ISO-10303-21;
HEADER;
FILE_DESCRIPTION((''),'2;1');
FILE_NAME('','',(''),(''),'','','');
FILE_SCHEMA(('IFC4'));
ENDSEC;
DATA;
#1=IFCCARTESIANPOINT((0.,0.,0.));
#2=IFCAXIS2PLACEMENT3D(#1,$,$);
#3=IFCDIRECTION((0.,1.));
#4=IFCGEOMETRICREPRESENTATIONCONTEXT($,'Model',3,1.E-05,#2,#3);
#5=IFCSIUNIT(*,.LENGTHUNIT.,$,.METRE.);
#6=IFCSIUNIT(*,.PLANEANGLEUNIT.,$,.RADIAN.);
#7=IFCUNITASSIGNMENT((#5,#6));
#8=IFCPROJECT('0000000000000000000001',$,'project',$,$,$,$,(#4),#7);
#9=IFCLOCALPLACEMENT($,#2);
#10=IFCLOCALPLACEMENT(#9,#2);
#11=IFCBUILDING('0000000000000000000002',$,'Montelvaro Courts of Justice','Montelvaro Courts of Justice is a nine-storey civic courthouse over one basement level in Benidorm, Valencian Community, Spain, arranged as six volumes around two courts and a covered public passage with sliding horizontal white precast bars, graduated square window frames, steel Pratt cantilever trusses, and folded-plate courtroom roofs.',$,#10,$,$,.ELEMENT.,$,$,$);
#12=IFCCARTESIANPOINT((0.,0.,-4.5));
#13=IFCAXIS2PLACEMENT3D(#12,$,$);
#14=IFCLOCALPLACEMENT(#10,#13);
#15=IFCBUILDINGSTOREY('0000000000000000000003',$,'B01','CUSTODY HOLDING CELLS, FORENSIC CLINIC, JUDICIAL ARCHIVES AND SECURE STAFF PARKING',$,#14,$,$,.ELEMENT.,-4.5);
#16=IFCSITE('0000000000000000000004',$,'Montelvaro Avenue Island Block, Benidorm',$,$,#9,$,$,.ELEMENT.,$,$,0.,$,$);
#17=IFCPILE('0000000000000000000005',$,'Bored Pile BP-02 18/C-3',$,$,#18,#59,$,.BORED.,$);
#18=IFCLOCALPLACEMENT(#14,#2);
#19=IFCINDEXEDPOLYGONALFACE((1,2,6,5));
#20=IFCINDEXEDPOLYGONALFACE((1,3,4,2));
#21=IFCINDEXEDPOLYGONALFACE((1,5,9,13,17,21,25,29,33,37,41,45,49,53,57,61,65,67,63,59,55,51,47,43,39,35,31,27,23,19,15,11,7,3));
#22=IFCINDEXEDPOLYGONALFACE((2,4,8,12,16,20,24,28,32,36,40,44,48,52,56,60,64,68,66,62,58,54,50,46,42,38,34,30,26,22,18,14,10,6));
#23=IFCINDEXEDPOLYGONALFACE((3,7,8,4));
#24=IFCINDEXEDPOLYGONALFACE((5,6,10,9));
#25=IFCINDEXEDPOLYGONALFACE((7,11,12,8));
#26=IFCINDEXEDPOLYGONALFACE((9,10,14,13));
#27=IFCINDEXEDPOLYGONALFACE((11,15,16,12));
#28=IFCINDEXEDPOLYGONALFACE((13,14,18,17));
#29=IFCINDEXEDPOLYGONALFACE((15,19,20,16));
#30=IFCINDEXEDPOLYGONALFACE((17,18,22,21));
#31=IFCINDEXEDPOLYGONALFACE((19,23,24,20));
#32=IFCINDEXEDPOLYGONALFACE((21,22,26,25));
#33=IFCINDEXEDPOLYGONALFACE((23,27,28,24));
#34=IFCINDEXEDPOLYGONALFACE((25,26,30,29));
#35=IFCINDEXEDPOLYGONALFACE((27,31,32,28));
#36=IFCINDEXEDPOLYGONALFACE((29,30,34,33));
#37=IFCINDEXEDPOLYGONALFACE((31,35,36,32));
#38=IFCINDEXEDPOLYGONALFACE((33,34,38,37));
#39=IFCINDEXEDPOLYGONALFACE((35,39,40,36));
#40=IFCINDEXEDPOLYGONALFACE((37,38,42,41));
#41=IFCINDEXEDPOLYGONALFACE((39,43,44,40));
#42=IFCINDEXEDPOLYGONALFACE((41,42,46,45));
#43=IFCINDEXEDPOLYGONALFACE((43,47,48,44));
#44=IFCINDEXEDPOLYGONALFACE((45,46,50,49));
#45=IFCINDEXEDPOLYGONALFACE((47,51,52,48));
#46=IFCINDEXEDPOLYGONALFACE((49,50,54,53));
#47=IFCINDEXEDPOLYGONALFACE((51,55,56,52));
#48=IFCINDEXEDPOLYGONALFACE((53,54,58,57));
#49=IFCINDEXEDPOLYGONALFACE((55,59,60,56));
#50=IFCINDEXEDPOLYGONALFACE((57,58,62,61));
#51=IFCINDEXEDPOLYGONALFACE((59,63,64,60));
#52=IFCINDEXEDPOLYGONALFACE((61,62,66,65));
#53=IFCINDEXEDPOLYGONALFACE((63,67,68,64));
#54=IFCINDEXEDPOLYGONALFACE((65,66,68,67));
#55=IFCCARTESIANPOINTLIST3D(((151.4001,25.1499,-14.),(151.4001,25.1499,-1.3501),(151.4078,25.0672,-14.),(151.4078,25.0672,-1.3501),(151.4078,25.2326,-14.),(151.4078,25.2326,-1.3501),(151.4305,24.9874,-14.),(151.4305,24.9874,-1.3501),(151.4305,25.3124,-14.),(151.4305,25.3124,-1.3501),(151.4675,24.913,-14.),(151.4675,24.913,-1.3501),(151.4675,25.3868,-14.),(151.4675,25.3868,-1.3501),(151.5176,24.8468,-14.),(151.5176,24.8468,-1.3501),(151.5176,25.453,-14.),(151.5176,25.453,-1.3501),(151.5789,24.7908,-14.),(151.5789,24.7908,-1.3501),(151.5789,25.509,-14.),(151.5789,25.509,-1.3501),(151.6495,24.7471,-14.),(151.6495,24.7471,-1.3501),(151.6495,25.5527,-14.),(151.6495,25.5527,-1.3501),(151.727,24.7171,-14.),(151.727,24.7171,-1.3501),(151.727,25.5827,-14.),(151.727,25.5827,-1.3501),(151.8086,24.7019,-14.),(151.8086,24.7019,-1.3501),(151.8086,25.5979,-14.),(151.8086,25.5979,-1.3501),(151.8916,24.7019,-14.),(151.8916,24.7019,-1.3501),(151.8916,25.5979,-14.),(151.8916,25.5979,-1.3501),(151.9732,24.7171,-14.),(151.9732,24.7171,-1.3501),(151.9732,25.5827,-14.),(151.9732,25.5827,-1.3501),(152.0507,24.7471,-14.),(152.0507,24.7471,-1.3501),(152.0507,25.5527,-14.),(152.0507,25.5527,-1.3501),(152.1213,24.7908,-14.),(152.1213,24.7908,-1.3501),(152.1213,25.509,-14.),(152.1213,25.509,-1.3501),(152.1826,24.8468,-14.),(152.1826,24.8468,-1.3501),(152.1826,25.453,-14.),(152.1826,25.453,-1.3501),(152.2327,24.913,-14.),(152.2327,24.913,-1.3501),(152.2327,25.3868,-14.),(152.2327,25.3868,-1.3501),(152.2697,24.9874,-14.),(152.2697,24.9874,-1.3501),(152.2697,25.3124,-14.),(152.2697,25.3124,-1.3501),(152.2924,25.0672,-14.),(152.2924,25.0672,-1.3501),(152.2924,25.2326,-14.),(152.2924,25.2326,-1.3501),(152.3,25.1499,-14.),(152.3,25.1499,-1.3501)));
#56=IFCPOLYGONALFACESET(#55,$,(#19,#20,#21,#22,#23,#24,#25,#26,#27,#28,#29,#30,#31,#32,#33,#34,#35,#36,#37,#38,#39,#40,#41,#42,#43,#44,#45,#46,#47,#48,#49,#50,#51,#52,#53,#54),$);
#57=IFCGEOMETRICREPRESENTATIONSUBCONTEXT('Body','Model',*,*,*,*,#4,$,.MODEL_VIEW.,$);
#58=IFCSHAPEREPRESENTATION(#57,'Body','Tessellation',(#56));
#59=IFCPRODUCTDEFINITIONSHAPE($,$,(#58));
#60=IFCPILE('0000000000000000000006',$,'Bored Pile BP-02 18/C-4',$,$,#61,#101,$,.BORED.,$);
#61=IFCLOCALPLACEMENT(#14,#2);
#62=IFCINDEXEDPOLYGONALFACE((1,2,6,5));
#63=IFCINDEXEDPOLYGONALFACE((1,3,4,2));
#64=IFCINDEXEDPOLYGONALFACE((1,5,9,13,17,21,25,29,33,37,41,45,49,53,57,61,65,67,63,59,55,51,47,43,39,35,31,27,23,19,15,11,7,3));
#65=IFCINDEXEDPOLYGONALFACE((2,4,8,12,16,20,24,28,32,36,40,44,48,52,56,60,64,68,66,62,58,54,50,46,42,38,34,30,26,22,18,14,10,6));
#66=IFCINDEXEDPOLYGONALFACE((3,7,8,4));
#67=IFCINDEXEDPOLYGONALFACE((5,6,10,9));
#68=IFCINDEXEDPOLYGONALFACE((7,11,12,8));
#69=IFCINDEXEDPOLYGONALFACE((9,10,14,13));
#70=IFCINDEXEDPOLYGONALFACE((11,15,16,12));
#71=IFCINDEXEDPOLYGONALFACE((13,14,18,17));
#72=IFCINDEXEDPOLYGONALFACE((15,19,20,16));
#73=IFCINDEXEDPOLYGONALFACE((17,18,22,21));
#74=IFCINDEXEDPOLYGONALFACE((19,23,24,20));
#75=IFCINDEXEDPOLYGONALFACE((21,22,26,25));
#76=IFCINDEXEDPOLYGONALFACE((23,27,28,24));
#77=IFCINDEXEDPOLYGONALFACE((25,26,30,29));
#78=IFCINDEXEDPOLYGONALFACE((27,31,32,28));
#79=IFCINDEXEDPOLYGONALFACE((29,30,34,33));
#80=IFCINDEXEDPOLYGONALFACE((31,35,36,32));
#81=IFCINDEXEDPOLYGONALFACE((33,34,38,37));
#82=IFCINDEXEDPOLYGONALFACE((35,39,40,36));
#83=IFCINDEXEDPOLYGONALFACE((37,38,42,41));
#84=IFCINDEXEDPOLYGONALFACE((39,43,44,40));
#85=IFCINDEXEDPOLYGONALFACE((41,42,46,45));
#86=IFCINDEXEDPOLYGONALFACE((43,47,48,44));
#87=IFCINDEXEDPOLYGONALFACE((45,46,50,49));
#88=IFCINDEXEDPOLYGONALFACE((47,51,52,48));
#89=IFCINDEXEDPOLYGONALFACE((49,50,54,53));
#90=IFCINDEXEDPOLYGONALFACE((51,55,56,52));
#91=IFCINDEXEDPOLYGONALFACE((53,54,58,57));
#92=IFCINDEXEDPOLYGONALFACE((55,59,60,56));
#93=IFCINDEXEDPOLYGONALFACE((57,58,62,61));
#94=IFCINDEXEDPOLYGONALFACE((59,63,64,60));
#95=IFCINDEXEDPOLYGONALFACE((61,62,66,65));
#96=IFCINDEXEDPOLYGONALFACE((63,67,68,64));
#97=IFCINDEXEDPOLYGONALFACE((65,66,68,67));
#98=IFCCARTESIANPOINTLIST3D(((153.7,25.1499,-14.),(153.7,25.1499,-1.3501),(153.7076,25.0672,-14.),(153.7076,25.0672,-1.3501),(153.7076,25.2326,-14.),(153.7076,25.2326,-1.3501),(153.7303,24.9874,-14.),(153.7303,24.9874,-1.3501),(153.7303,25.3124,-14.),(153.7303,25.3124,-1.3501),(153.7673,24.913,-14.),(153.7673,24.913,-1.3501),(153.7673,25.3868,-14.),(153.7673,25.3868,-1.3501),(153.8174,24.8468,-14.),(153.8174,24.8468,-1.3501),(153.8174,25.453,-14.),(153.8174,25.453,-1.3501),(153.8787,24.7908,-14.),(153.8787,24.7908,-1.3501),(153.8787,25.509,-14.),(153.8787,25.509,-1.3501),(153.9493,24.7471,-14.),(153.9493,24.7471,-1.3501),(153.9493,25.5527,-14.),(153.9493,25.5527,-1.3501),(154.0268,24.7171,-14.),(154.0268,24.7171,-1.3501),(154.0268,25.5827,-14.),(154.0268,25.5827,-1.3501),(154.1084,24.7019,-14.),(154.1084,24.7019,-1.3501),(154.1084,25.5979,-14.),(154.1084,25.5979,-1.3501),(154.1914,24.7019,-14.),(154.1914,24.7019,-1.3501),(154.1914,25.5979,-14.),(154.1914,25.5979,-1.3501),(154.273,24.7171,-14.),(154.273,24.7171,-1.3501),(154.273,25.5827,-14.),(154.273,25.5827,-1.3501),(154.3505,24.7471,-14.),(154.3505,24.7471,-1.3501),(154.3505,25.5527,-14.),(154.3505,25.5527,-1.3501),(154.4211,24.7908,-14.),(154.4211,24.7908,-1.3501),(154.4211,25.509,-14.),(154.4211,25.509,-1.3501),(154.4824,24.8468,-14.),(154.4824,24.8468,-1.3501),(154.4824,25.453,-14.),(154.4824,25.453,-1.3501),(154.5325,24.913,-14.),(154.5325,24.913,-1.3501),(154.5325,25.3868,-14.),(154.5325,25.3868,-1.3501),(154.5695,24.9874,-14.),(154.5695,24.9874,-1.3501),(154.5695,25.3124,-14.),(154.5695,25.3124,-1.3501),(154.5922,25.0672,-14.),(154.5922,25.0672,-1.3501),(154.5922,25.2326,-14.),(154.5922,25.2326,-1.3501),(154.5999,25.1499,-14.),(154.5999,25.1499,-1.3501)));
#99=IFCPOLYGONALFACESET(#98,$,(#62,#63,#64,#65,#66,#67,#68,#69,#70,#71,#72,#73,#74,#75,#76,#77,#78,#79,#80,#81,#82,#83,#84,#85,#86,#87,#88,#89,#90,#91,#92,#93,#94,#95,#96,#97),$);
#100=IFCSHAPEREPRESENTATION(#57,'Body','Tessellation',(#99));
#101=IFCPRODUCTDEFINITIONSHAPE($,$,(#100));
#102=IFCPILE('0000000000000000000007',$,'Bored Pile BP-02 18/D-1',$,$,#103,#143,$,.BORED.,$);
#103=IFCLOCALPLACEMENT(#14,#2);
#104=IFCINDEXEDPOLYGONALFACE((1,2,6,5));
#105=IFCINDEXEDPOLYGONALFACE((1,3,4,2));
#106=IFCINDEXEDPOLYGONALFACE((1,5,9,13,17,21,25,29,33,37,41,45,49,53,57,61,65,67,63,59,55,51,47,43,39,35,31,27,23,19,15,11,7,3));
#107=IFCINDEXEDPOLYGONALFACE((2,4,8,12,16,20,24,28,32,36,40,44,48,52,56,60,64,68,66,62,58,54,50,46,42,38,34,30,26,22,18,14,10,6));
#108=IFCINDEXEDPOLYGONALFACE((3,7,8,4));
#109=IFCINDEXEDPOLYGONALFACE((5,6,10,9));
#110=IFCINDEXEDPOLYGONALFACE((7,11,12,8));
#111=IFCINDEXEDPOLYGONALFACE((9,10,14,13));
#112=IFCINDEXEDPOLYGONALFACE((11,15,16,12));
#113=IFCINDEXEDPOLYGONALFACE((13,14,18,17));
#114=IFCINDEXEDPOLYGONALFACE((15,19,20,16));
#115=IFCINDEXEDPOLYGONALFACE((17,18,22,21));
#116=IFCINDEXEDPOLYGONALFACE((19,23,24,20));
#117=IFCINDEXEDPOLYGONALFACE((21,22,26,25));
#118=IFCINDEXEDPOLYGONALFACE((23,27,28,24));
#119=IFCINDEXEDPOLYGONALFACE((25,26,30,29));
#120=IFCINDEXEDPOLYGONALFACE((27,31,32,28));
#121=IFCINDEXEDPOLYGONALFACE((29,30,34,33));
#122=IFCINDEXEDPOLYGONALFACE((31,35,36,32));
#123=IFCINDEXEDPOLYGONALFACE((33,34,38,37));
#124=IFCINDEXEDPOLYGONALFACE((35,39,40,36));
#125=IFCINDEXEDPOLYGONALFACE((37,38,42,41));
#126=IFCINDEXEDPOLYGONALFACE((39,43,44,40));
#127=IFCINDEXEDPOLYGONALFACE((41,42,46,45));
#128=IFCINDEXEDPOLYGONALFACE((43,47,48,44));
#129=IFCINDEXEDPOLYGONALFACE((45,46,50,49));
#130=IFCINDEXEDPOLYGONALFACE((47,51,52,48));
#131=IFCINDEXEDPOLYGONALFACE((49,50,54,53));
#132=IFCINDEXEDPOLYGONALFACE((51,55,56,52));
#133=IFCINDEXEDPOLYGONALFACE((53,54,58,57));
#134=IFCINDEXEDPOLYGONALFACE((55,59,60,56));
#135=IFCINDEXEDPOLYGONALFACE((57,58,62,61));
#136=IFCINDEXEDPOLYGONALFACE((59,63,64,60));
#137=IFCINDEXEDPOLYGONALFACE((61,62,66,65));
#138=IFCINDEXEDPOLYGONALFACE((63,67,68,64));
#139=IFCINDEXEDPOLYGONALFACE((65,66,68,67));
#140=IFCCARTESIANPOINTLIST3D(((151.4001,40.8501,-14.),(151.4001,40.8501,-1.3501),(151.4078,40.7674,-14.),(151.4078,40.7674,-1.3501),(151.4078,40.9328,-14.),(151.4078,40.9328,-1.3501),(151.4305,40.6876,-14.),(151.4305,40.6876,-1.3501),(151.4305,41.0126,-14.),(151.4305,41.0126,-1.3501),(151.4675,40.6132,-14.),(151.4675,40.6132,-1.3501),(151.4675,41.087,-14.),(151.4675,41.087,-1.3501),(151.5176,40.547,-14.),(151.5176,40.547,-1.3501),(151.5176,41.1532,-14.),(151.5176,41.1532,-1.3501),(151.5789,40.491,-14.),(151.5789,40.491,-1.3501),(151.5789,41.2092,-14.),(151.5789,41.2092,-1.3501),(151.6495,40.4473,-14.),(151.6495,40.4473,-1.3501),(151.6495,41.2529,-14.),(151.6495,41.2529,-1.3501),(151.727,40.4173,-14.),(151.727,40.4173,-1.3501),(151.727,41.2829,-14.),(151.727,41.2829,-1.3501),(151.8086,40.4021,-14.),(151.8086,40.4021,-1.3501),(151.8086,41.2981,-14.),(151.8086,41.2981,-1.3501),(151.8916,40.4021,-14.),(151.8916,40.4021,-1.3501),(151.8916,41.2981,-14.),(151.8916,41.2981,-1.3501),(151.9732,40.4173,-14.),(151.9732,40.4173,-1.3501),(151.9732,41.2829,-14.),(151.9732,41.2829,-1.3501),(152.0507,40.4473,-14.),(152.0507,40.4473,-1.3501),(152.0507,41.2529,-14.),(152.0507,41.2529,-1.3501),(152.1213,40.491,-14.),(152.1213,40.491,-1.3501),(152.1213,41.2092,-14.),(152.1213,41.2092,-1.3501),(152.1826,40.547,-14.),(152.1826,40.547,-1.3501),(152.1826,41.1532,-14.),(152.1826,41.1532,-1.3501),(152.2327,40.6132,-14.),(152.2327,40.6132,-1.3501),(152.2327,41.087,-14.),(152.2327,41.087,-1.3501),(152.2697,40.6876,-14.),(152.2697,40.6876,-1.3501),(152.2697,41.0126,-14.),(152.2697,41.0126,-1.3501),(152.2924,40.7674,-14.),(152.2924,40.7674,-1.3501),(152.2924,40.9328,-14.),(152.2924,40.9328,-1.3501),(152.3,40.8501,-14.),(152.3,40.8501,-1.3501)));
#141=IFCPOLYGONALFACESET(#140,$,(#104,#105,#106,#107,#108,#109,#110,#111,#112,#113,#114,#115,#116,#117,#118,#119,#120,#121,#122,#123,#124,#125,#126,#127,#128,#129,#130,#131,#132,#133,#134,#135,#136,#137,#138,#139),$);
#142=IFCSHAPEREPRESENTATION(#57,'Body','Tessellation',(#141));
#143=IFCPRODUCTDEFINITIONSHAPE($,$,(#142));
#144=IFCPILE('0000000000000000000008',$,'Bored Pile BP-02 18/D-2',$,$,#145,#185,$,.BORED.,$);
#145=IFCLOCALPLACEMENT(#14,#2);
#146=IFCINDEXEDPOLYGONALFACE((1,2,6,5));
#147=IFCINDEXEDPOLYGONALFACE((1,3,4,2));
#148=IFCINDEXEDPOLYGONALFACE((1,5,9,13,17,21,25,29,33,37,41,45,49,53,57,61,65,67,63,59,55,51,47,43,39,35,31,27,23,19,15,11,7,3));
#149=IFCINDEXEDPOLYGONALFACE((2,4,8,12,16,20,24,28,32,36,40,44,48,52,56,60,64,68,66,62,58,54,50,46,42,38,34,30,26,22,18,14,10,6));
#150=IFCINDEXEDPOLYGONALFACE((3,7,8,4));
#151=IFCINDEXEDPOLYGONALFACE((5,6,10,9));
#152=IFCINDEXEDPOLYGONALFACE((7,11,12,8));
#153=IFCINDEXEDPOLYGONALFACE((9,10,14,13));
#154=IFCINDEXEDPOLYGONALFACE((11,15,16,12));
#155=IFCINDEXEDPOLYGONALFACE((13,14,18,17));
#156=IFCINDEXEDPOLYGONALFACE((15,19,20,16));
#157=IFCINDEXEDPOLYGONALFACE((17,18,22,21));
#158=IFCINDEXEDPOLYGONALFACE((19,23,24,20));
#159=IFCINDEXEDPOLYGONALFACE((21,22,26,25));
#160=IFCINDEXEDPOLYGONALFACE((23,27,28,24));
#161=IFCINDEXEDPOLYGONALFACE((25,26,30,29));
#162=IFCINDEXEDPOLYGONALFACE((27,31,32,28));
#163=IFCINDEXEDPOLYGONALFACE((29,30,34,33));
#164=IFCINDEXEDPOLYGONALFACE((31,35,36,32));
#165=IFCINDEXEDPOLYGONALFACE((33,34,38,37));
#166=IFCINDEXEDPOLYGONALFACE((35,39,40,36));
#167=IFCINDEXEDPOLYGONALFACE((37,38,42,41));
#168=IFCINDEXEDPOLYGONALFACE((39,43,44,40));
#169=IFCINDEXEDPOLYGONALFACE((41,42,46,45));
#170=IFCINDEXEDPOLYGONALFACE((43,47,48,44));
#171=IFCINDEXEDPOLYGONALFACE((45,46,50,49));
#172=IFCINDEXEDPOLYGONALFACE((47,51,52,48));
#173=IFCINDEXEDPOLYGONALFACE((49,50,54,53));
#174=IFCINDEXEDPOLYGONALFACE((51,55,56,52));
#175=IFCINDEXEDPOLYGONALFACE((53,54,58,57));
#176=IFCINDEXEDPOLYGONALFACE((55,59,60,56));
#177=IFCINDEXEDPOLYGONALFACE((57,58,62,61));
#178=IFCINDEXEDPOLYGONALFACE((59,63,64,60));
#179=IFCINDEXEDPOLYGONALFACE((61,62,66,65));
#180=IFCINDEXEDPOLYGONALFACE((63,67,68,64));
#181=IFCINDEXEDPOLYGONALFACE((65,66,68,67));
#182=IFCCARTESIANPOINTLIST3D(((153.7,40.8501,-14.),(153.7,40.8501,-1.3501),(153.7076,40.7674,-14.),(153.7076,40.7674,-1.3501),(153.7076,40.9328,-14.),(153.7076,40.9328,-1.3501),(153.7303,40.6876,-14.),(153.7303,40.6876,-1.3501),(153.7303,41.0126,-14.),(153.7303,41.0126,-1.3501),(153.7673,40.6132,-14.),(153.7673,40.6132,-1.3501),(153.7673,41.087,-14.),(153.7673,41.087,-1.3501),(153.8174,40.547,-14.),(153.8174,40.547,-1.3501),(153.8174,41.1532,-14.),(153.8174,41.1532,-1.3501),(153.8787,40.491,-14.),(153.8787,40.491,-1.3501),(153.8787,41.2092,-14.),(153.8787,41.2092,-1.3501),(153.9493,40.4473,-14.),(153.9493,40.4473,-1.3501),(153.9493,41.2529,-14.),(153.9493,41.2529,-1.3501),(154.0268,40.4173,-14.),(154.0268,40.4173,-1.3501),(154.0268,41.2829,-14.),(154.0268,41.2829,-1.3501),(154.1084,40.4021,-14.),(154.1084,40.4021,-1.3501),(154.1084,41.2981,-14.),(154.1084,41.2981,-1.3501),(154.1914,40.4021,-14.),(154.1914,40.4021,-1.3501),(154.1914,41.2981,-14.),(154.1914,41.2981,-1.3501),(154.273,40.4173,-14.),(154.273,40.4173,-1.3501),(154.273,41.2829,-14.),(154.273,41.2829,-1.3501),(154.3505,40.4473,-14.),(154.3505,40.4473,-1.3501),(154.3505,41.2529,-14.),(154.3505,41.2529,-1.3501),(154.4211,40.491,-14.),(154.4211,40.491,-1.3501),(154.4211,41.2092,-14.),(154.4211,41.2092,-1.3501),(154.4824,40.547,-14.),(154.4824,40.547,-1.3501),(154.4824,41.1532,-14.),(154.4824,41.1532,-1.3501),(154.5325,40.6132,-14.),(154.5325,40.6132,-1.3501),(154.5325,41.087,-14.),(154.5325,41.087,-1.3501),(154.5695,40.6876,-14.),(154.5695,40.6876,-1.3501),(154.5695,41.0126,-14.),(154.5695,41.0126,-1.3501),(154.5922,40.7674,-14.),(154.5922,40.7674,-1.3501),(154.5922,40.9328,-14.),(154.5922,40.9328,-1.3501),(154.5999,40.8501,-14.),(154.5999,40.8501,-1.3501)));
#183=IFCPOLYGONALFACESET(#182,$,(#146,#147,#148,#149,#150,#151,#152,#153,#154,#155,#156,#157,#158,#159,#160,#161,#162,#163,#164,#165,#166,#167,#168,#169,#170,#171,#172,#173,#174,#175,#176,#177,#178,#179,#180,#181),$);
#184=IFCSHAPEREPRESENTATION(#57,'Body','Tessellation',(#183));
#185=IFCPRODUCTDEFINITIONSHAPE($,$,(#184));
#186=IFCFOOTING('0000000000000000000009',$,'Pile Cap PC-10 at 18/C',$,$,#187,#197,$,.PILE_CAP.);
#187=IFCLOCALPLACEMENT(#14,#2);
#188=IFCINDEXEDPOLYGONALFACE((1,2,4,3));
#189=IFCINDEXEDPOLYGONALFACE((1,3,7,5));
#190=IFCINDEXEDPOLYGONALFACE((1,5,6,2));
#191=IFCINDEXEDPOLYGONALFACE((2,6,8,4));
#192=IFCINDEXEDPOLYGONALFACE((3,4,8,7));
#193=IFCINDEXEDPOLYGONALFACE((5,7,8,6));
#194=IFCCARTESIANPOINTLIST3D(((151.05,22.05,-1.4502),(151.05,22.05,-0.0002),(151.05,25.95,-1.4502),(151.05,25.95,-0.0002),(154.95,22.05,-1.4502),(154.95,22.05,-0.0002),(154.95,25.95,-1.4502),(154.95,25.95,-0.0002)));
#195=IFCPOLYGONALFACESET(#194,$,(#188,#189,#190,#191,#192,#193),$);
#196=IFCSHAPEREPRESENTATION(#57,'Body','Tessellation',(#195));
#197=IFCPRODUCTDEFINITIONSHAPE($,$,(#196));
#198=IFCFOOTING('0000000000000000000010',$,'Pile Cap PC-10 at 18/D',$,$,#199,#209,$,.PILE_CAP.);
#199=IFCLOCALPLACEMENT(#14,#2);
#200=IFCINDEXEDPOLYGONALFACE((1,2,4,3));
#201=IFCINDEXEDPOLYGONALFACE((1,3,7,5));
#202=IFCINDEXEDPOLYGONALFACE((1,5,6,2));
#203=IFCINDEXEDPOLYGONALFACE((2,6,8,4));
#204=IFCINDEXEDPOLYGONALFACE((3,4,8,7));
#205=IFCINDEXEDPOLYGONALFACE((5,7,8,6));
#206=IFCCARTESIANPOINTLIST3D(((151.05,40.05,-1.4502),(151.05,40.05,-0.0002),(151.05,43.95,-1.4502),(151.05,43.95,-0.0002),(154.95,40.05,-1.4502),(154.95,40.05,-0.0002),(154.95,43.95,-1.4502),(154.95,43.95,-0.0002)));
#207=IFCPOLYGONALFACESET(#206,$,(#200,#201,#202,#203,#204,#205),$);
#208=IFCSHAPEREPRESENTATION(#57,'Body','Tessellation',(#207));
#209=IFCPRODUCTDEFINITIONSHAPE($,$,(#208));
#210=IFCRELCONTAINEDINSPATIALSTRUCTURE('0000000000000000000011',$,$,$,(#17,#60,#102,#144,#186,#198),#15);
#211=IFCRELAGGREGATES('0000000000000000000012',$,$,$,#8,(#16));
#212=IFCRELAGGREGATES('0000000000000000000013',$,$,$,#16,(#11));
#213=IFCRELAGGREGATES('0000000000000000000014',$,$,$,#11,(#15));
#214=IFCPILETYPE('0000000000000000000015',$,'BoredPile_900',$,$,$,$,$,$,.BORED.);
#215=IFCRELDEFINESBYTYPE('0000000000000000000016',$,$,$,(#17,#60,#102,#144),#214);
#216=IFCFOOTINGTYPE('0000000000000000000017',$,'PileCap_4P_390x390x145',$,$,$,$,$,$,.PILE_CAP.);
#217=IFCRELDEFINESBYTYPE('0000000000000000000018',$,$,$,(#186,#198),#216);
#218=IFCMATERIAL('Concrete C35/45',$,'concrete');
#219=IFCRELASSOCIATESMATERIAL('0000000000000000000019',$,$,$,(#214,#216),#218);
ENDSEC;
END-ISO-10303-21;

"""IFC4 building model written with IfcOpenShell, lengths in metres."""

from ifc_helpers import new_model, si_unit, direction, frame, origin, origin_2d, place, context, subcontext, project, spatial, rectangle, circle, extrude, material, material_profile, profile_set, type_object, element, save


model = new_model("IFC4")

# Units and contexts
model_context = context("Model", 3, precision=1e-05, world=origin(), true_north=direction((0.0, 1.0)))
body_context = subcontext(model_context, "Body", "Model", "MODEL_VIEW")
ifc_project = project(units=[si_unit("LENGTHUNIT", "METRE"), si_unit("PLANEANGLEUNIT", "RADIAN")], contexts=[model_context])

# Site, building, storey
site_placement = place(None, origin())
site = spatial("IfcSite", under=ifc_project, at=site_placement, Name="Montelvaro Avenue Island Block, Benidorm", CompositionType="ELEMENT", RefElevation=0.0)
building_placement = place(site_placement, origin())
building = spatial("IfcBuilding", under=site, at=building_placement, Name="Montelvaro Courts of Justice", Description="Montelvaro Courts of Justice is a nine-storey civic courthouse over one basement level in Benidorm, Valencian Community, Spain, arranged as six volumes around two courts and a covered public passage with sliding horizontal white precast bars, graduated square window frames, steel Pratt cantilever trusses, and folded-plate courtroom roofs.", CompositionType="ELEMENT")
storey_placement = place(building_placement, frame((0.0, 0.0, -4.5)))
storey = spatial("IfcBuildingStorey", under=building, at=storey_placement, Name="B01", Description="CUSTODY HOLDING CELLS, FORENSIC CLINIC, JUDICIAL ARCHIVES AND SECURE STAFF PARKING", CompositionType="ELEMENT", Elevation=-4.5)

# Piles
ifc_material_1 = material(Name="Concrete C35/45", Category="concrete")
ifc_material_profile_1 = material_profile(ifc_material_1, circle(Radius=0.45, at=origin_2d()), Name="BORED PILE D900")
ifc_profile_set_1 = profile_set([ifc_material_profile_1], Name="Concrete C35/45")
pile_type_1 = type_object("IfcPileType", Name="BoredPile_900", PredefinedType="BORED", material=ifc_profile_set_1)
for number, where, z_axis, x_axis, name in (
    (1, (151.8501, 25.1499, -1.3501), (0.0, 0.0, -1.0), (1.0, 0.0, 0.0), "Bored Pile BP-02 18/C-3"),
    (2, (154.1499, 25.1499, -1.3501), (0.0, 0.0, -1.0), (1.0, 0.0, 0.0), "Bored Pile BP-02 18/C-4"),
    (3, (151.8501, 40.8501, -1.3501), (0.0, 0.0, -1.0), (1.0, 0.0, 0.0), "Bored Pile BP-02 18/D-1"),
    (4, (154.1499, 40.8501, -1.3501), (0.0, 0.0, -1.0), (1.0, 0.0, 0.0), "Bored Pile BP-02 18/D-2"),
):
    element("IfcPile", number, at=place(storey_placement, frame(where, z_axis=z_axis, x_axis=x_axis)), inside=storey, type_object=pile_type_1, Name=name, PredefinedType="BORED", context=body_context, shape_type="SweptSolid", body=[
        extrude(circle(Radius=0.45, at=origin_2d()), origin(), (0.0, 0.0, 1.0), 12.6499),
    ])

# Footings
footing_type_1 = type_object("IfcFootingType", Name="PileCap_4P_390x390x145", PredefinedType="PILE_CAP", material=ifc_material_1)
for number, where, z_axis, x_axis, name in (
    (5, (153.0, 24.0, -1.4502), (0.0, 0.0, 1.0), (1.0, 0.0, 0.0), "Pile Cap PC-10 at 18/C"),
    (6, (153.0, 42.0, -1.4502), (0.0, 0.0, 1.0), (1.0, 0.0, 0.0), "Pile Cap PC-10 at 18/D"),
):
    element("IfcFooting", number, at=place(storey_placement, frame(where, z_axis=z_axis, x_axis=x_axis)), inside=storey, type_object=footing_type_1, Name=name, PredefinedType="PILE_CAP", context=body_context, shape_type="SweptSolid", body=[
        extrude(rectangle(XDim=3.8999, YDim=3.8999, at=origin_2d()), origin(), (0.0, 0.0, 1.0), 1.45),
    ])

save(model, "model.ifc")
